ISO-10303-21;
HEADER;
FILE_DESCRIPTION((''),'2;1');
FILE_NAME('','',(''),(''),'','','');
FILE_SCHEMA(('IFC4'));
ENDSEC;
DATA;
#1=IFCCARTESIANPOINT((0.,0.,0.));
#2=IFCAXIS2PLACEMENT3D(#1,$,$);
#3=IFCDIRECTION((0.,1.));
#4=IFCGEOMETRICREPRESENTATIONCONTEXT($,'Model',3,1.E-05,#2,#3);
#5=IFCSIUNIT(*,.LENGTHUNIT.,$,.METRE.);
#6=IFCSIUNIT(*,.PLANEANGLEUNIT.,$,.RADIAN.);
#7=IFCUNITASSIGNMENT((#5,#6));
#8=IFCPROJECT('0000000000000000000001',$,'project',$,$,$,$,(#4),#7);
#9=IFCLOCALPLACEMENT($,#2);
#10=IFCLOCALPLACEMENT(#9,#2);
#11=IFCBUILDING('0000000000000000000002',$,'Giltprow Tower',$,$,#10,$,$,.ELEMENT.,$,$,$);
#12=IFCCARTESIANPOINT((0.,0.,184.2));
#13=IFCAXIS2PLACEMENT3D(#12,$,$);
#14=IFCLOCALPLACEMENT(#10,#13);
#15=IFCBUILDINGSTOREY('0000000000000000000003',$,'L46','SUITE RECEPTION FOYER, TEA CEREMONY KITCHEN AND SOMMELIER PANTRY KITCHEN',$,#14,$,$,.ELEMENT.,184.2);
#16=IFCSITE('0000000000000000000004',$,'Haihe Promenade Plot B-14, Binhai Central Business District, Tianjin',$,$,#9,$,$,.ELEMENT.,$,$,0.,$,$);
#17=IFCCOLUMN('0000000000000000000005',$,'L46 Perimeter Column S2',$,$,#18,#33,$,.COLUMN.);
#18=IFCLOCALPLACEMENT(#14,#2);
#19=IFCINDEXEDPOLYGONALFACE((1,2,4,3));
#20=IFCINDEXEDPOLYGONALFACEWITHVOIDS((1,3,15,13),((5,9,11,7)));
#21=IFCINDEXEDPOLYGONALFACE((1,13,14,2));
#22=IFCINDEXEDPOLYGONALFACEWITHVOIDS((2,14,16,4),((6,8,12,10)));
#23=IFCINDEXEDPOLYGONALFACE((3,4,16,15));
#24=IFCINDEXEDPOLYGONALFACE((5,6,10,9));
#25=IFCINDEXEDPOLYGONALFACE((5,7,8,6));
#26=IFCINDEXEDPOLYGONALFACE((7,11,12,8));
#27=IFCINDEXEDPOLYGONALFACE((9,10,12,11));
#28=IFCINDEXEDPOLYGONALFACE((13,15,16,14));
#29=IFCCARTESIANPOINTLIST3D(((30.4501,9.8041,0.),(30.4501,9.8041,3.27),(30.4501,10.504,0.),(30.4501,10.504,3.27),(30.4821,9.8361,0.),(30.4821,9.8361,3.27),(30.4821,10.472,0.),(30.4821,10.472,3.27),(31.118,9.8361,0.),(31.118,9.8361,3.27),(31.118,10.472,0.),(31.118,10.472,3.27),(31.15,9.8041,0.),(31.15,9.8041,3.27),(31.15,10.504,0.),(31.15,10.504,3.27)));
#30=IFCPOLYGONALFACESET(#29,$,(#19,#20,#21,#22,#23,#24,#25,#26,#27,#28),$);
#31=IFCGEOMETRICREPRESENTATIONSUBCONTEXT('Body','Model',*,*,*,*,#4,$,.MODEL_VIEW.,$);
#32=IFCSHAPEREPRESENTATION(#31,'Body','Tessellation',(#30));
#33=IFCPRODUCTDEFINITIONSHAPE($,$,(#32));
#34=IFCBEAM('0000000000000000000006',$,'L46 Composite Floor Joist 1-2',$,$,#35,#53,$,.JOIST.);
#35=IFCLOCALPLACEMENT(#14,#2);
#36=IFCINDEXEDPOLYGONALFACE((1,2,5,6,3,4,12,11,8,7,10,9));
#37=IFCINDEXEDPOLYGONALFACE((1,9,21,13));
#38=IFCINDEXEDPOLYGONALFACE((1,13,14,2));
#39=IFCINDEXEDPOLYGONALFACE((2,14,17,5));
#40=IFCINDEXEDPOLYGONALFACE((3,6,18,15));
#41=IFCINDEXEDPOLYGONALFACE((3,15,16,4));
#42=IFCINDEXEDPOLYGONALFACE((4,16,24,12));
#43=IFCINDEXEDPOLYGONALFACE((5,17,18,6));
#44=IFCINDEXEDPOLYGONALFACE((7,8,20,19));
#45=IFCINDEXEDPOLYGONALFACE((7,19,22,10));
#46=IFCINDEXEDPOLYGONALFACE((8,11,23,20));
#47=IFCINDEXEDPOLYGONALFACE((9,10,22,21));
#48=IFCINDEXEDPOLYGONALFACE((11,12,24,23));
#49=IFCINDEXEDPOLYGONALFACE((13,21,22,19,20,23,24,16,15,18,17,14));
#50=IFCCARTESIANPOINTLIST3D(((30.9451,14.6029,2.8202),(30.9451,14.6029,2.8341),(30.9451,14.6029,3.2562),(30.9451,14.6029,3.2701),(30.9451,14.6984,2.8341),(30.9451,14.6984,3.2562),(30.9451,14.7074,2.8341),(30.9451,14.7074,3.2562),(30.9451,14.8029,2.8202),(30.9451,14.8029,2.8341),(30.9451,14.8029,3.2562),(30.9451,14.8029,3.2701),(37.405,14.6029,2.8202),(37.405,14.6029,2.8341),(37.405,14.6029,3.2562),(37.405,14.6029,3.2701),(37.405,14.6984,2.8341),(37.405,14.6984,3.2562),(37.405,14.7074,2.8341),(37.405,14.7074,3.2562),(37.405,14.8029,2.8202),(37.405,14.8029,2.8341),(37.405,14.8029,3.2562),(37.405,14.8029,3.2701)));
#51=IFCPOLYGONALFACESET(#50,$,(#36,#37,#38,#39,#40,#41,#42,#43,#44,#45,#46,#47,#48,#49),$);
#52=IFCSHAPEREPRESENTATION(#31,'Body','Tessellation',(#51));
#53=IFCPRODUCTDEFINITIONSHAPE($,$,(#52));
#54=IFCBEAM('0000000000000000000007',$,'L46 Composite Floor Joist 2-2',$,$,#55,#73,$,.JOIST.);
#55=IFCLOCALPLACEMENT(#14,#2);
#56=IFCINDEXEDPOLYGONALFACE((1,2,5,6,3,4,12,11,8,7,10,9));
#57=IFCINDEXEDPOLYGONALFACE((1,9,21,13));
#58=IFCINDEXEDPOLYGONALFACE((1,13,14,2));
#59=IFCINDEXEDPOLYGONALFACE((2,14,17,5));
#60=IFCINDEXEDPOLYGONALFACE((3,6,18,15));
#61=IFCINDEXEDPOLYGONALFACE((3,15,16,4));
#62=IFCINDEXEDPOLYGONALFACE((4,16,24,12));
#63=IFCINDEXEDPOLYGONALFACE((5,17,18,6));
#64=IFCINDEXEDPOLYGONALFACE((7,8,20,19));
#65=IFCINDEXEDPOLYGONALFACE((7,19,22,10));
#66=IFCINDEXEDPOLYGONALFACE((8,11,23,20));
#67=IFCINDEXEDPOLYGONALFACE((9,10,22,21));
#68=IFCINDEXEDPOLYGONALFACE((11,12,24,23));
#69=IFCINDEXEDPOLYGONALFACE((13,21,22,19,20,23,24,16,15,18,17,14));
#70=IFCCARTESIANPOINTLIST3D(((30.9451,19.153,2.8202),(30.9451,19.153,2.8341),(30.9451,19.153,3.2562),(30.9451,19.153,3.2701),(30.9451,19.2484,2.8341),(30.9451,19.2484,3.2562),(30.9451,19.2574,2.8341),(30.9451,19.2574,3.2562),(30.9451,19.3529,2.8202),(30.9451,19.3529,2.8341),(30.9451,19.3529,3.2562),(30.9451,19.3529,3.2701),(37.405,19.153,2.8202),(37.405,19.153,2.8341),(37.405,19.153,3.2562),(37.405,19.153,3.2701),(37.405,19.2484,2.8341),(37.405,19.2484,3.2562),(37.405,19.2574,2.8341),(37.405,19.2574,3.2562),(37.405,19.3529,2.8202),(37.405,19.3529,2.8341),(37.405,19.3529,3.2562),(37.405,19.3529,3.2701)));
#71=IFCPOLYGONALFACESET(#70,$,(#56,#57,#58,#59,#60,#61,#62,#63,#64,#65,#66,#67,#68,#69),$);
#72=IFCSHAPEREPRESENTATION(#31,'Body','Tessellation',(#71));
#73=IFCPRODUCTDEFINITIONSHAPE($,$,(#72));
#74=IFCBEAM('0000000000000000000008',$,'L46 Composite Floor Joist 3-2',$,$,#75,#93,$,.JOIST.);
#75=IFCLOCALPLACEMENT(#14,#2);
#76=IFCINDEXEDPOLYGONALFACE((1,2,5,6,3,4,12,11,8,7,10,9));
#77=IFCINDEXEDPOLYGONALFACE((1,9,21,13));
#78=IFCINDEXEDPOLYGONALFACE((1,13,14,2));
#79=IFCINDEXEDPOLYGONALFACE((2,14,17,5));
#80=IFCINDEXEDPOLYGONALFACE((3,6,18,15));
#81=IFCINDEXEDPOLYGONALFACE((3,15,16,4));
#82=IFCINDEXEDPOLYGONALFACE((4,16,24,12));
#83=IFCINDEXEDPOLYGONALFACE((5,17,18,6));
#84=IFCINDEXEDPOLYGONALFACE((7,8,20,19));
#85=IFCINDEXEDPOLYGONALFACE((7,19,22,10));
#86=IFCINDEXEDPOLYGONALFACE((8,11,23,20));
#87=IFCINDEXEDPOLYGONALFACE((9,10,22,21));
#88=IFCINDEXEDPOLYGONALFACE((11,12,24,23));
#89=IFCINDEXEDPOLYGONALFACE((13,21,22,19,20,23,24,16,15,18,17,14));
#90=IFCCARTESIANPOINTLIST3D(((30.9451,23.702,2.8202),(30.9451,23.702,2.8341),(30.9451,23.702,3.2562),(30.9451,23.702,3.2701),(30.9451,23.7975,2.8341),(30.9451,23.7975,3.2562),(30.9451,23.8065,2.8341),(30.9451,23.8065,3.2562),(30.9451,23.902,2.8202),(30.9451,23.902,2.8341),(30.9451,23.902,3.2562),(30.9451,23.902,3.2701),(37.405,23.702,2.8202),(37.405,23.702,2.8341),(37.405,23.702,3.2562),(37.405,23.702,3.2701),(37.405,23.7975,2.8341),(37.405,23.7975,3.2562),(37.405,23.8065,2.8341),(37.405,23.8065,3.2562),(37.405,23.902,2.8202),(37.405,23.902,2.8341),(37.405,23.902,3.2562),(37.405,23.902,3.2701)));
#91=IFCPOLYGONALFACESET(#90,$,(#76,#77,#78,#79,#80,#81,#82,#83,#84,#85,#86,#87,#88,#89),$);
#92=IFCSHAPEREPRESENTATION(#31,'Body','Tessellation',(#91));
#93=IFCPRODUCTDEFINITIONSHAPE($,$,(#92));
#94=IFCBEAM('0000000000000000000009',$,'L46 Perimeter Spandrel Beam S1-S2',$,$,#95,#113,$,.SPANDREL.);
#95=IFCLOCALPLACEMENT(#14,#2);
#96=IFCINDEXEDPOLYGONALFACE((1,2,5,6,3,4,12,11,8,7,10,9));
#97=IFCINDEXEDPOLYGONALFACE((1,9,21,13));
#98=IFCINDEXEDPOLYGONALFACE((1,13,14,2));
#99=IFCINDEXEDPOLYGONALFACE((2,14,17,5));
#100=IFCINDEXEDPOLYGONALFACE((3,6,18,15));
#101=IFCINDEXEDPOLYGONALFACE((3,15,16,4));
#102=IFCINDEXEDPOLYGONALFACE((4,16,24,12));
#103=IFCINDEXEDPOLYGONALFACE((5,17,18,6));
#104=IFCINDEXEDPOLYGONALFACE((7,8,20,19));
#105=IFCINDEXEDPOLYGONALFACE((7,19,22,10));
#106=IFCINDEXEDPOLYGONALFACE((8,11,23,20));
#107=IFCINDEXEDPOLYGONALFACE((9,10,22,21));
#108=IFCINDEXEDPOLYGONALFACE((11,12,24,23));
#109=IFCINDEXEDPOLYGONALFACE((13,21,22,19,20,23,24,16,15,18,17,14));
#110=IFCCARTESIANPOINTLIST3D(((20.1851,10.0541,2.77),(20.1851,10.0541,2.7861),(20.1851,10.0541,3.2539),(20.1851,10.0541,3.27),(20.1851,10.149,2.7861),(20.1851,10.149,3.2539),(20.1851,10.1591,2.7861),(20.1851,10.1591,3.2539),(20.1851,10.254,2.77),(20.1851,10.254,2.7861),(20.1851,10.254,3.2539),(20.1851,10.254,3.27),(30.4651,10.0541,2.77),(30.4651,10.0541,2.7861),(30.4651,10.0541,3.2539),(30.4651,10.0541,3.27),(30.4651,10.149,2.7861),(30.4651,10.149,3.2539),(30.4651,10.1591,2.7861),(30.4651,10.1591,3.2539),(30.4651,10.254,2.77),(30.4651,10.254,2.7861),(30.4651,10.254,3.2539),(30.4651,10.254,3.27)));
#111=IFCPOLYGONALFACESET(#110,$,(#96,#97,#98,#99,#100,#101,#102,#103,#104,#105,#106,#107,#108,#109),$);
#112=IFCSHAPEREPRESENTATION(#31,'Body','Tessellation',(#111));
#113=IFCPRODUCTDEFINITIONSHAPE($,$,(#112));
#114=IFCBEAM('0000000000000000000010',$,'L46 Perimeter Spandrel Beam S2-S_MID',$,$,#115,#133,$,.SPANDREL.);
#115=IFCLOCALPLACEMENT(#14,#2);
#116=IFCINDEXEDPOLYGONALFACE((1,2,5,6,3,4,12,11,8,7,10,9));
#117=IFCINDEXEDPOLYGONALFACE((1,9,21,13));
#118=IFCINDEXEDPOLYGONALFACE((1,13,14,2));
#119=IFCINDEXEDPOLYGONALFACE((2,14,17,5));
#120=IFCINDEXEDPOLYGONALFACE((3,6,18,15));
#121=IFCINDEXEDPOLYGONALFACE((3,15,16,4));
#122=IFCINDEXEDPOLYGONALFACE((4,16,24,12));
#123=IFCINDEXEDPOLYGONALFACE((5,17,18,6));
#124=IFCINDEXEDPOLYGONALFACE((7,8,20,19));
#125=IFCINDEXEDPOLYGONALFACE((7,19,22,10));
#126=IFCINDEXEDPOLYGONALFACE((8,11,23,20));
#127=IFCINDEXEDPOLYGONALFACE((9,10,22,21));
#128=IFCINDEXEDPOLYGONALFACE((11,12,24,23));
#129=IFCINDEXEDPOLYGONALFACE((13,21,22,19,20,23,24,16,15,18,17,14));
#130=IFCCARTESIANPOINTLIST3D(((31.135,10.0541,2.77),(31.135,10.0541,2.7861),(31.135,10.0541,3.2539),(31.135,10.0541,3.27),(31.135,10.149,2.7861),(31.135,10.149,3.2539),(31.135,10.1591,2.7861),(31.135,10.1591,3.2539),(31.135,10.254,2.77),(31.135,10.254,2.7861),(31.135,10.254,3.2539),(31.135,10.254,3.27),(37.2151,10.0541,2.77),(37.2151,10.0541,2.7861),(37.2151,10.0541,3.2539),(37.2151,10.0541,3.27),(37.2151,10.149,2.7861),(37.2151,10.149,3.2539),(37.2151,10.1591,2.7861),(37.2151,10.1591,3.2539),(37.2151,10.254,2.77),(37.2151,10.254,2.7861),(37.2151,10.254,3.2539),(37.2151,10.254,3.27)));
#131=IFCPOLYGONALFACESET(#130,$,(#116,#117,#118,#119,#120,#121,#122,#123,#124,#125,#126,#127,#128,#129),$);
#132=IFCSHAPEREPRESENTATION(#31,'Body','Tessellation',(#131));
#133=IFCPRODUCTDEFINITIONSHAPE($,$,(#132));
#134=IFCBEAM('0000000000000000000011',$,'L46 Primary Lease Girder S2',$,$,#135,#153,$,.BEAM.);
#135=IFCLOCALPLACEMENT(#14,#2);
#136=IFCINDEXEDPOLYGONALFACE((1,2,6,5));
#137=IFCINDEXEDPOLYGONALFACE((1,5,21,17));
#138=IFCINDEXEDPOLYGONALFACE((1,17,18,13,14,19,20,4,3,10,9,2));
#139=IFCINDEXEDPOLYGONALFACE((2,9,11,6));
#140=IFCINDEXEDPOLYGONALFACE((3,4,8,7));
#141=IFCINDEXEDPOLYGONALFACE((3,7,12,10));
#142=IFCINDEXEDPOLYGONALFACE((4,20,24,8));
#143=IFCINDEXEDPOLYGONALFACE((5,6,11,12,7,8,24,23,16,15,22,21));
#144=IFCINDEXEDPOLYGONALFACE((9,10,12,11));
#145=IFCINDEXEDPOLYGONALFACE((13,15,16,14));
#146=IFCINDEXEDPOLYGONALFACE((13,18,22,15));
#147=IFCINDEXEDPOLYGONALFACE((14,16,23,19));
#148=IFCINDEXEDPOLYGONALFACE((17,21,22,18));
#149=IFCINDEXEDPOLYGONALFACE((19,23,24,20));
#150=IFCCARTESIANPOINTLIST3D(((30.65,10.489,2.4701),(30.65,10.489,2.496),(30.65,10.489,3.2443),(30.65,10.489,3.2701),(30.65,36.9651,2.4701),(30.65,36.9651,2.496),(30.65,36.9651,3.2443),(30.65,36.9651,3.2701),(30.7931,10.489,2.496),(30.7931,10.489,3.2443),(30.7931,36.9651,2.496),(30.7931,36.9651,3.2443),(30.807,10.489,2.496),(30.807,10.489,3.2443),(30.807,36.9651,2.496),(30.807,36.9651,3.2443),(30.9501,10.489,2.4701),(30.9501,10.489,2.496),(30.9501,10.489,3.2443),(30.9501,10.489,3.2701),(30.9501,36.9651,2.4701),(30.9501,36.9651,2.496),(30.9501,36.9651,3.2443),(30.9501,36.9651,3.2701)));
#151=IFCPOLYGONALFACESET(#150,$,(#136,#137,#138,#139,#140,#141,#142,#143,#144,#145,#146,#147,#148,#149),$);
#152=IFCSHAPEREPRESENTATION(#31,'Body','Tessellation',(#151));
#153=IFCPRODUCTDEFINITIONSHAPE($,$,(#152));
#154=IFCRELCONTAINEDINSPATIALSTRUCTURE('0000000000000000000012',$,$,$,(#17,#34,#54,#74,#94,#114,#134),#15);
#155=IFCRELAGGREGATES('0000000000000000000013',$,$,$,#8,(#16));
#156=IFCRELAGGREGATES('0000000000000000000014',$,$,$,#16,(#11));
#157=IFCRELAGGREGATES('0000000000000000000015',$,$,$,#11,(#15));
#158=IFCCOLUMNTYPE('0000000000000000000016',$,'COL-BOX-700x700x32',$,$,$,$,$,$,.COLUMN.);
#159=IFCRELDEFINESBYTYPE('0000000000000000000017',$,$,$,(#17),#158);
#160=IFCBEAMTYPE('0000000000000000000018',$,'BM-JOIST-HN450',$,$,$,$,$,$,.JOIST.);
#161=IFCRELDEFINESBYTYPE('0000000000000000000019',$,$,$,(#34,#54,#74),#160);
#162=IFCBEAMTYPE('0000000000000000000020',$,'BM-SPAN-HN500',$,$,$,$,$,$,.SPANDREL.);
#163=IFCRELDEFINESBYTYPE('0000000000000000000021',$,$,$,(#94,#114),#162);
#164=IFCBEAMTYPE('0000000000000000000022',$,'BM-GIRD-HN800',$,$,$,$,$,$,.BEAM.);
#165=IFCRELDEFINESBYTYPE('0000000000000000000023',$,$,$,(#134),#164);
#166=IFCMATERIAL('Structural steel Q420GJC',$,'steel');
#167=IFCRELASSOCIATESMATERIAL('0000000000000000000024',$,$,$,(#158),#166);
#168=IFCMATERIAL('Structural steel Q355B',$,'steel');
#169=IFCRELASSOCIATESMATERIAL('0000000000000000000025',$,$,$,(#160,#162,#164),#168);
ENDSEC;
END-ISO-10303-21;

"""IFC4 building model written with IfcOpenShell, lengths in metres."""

from ifc_helpers import new_model, si_unit, direction, frame, origin, origin_2d, place, context, subcontext, project, spatial, hollow_rectangle, i_section, extrude, source, transform, mapped, material, material_profile, profile_set, type_object, element, save


model = new_model("IFC4")

# Units and contexts
model_context = context("Model", 3, precision=1e-05, world=origin(), true_north=direction((0.0, 1.0)))
body_context = subcontext(model_context, "Body", "Model", "MODEL_VIEW")
ifc_project = project(units=[si_unit("LENGTHUNIT", "METRE"), si_unit("PLANEANGLEUNIT", "RADIAN")], contexts=[model_context])

# Site, building, storey
site_placement = place(None, origin())
site = spatial("IfcSite", under=ifc_project, at=site_placement, Name="Haihe Promenade Plot B-14, Binhai Central Business District, Tianjin", CompositionType="ELEMENT", RefElevation=0.0)
building_placement = place(site_placement, origin())
building = spatial("IfcBuilding", under=site, at=building_placement, Name="Giltprow Tower", CompositionType="ELEMENT")
storey_placement = place(building_placement, frame((0.0, 0.0, 184.2)))
storey = spatial("IfcBuildingStorey", under=building, at=storey_placement, Name="L46", Description="SUITE RECEPTION FOYER, TEA CEREMONY KITCHEN AND SOMMELIER PANTRY KITCHEN", CompositionType="ELEMENT", Elevation=184.2)

# Column
ifc_material_1 = material(Name="Structural steel Q420GJC", Category="steel")
ifc_material_profile_1 = material_profile(ifc_material_1, hollow_rectangle(XDim=0.7, YDim=0.7, WallThickness=0.032, at=origin_2d()), Name="BOX 700x700x32")
ifc_profile_set_1 = profile_set([ifc_material_profile_1], Name="Structural steel Q420GJC")
column_type = type_object("IfcColumnType", Name="COL-BOX-700x700x32", PredefinedType="COLUMN", material=ifc_profile_set_1)
shared_shape_1 = source(origin(), body_context, "Body", "SweptSolid", [
    extrude(hollow_rectangle(XDim=0.7, YDim=0.7, WallThickness=0.032, at=origin_2d()), origin(), (0.0, 0.0, 1.0), 3.27),
])
column_placement = place(storey_placement, frame((30.8, 10.1541, 0.0), z_axis=(0.0, 0.0, 1.0), x_axis=(1.0, 0.0, 0.0)))
element("IfcColumn", 1, at=column_placement, inside=storey, type_object=column_type, Name="L46 Perimeter Column S2", PredefinedType="COLUMN", context=body_context, shape_type="MappedRepresentation", body=[
    mapped(shared_shape_1, transform((0.0, 0.0, 0.0), x_axis=(1.0, 0.0, 0.0), y_axis=(0.0, 1.0, 0.0), z_axis=(0.0, 0.0, 1.0), scale=1.0)),
])

# Beams
ifc_material_2 = material(Name="Structural steel Q355B", Category="steel")
ifc_material_profile_2 = material_profile(ifc_material_2, i_section(OverallWidth=0.2, OverallDepth=0.45, WebThickness=0.009, FlangeThickness=0.0139, at=origin_2d()), Name="HN 450x200x9x14")
ifc_profile_set_2 = profile_set([ifc_material_profile_2], Name="Structural steel Q355B")
beam_type_1 = type_object("IfcBeamType", Name="BM-JOIST-HN450", PredefinedType="JOIST", material=ifc_profile_set_2)
shared_shape_2 = source(origin(), body_context, "Body", "SweptSolid", [
    extrude(i_section(OverallWidth=0.2, OverallDepth=0.45, WebThickness=0.009, FlangeThickness=0.0139, at=origin_2d()), origin(), (0.0, 0.0, 1.0), 6.46),
])
for number, where, z_axis, x_axis, name in (
    (2, (30.9451, 14.7029, 3.0452), (1.0, 0.0, 0.0), (0.0, 1.0, 0.0), "L46 Composite Floor Joist 1-2"),
    (3, (30.9451, 19.2529, 3.0452), (1.0, 0.0, 0.0), (0.0, 1.0, 0.0), "L46 Composite Floor Joist 2-2"),
    (4, (30.9451, 23.802, 3.0452), (1.0, 0.0, 0.0), (0.0, 1.0, 0.0), "L46 Composite Floor Joist 3-2"),
):
    element("IfcBeam", number, at=place(storey_placement, frame(where, z_axis=z_axis, x_axis=x_axis)), inside=storey, type_object=beam_type_1, Name=name, PredefinedType="JOIST", context=body_context, shape_type="MappedRepresentation", body=[
        mapped(shared_shape_2, transform((0.0, 0.0, 0.0), x_axis=(1.0, 0.0, 0.0), y_axis=(0.0, 1.0, 0.0), z_axis=(0.0, 0.0, 1.0), scale=1.0)),
    ])
ifc_material_profile_3 = material_profile(ifc_material_2, i_section(OverallWidth=0.2, OverallDepth=0.5, WebThickness=0.01, FlangeThickness=0.0161, at=origin_2d()), Name="HN 500x200x10x16")
ifc_profile_set_3 = profile_set([ifc_material_profile_3], Name="Structural steel Q355B")
beam_type_2 = type_object("IfcBeamType", Name="BM-SPAN-HN500", PredefinedType="SPANDREL", material=ifc_profile_set_3)
shared_shape_3 = source(origin(), body_context, "Body", "SweptSolid", [
    extrude(i_section(OverallWidth=0.2, OverallDepth=0.5, WebThickness=0.01, FlangeThickness=0.0161, at=origin_2d()), origin(), (0.0, 0.0, 1.0), 10.28),
])
beam_1_placement = place(storey_placement, frame((20.1851, 10.1541, 3.02), z_axis=(1.0, 0.0, 0.0), x_axis=(0.0, 1.0, 0.0)))
element("IfcBeam", 5, at=beam_1_placement, inside=storey, type_object=beam_type_2, Name="L46 Perimeter Spandrel Beam S1-S2", PredefinedType="SPANDREL", context=body_context, shape_type="MappedRepresentation", body=[
    mapped(shared_shape_3, transform((0.0, 0.0, 0.0), x_axis=(1.0, 0.0, 0.0), y_axis=(0.0, 1.0, 0.0), z_axis=(0.0, 0.0, 1.0), scale=1.0)),
])
shared_shape_4 = source(origin(), body_context, "Body", "SweptSolid", [
    extrude(i_section(OverallWidth=0.2, OverallDepth=0.5, WebThickness=0.01, FlangeThickness=0.0161, at=origin_2d()), origin(), (0.0, 0.0, 1.0), 6.0801),
])
beam_2_placement = place(storey_placement, frame((31.135, 10.1541, 3.02), z_axis=(1.0, 0.0, 0.0), x_axis=(0.0, 1.0, 0.0)))
element("IfcBeam", 6, at=beam_2_placement, inside=storey, type_object=beam_type_2, Name="L46 Perimeter Spandrel Beam S2-S_MID", PredefinedType="SPANDREL", context=body_context, shape_type="MappedRepresentation", body=[
    mapped(shared_shape_4, transform((0.0, 0.0, 0.0), x_axis=(1.0, 0.0, 0.0), y_axis=(0.0, 1.0, 0.0), z_axis=(0.0, 0.0, 1.0), scale=1.0)),
])
ifc_material_profile_4 = material_profile(ifc_material_2, i_section(OverallWidth=0.3, OverallDepth=0.8, WebThickness=0.0139, FlangeThickness=0.0259, at=origin_2d()), Name="HN 800x300x14x26")
ifc_profile_set_4 = profile_set([ifc_material_profile_4], Name="Structural steel Q355B")
beam_type_3 = type_object("IfcBeamType", Name="BM-GIRD-HN800", PredefinedType="BEAM", material=ifc_profile_set_4)
shared_shape_5 = source(origin(), body_context, "Body", "SweptSolid", [
    extrude(i_section(OverallWidth=0.3, OverallDepth=0.8, WebThickness=0.0139, FlangeThickness=0.0259, at=origin_2d()), origin(), (0.0, 0.0, 1.0), 26.4761),
])
beam_3_placement = place(storey_placement, frame((30.8, 10.489, 2.8701), z_axis=(0.0, 1.0, 0.0), x_axis=(-1.0, 0.0, 0.0)))
element("IfcBeam", 7, at=beam_3_placement, inside=storey, type_object=beam_type_3, Name="L46 Primary Lease Girder S2", PredefinedType="BEAM", context=body_context, shape_type="MappedRepresentation", body=[
    mapped(shared_shape_5, transform((0.0, 0.0, 0.0), x_axis=(1.0, 0.0, 0.0), y_axis=(0.0, 1.0, 0.0), z_axis=(0.0, 0.0, 1.0), scale=1.0)),
])

save(model, "model.ifc")
